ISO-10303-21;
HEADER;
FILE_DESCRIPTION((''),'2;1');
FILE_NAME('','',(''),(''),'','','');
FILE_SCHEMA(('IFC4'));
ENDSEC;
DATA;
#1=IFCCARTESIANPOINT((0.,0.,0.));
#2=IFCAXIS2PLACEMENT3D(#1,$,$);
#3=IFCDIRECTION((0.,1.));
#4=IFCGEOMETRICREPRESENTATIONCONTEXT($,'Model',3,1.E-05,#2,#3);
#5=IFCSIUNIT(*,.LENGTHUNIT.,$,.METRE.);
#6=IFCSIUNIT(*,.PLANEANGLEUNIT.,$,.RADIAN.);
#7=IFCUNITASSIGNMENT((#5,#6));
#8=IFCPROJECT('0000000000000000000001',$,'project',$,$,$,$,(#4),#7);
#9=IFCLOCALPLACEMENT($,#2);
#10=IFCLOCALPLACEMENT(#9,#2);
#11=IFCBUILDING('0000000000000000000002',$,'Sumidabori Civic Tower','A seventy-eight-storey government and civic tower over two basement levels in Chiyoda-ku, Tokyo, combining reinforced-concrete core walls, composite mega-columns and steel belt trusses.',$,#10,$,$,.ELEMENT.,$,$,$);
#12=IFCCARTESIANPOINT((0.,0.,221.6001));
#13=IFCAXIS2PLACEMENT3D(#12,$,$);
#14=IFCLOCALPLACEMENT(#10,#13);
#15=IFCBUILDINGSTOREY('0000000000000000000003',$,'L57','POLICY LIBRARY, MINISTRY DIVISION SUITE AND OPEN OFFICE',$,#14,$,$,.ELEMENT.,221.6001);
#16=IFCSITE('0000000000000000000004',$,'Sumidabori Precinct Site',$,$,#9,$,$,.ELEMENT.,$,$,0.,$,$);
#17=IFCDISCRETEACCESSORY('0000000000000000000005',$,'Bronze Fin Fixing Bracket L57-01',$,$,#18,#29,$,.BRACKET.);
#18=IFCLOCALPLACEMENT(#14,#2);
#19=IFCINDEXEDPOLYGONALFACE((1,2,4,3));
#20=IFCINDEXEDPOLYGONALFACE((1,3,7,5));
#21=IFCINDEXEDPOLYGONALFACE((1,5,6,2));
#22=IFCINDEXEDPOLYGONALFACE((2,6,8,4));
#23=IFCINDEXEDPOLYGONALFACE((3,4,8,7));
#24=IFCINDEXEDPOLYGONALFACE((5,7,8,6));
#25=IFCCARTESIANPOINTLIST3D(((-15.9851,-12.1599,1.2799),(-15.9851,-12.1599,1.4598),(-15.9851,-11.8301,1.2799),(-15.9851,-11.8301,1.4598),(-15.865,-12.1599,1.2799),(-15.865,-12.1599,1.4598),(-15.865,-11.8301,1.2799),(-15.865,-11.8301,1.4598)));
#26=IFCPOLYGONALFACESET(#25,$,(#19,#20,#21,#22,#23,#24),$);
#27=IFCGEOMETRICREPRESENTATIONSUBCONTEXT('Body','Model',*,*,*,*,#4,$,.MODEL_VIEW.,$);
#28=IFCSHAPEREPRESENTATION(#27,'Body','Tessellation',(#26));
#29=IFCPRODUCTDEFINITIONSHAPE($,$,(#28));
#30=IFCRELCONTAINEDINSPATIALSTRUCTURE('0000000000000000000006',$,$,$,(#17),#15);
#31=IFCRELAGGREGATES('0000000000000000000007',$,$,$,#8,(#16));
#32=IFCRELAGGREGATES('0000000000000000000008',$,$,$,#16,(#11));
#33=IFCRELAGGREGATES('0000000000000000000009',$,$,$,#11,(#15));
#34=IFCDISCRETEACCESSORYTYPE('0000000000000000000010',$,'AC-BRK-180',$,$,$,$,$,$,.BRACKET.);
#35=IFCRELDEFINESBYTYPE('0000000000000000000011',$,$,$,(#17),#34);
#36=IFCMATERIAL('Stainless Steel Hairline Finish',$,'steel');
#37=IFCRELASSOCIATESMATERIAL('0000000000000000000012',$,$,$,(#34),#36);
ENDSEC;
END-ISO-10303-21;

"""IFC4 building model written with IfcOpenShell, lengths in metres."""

from ifc_helpers import new_model, si_unit, direction, frame, origin, origin_2d, place, context, subcontext, project, spatial, rectangle, extrude, source, transform, mapped, material, material_profile, profile_set, type_object, element, save


model = new_model("IFC4")

# Units and contexts
model_context = context("Model", 3, precision=1e-05, world=origin(), true_north=direction((0.0, 1.0)))
body_context = subcontext(model_context, "Body", "Model", "MODEL_VIEW")
ifc_project = project(units=[si_unit("LENGTHUNIT", "METRE"), si_unit("PLANEANGLEUNIT", "RADIAN")], contexts=[model_context])

# Site, building, storey
site_placement = place(None, origin())
site = spatial("IfcSite", under=ifc_project, at=site_placement, Name="Sumidabori Precinct Site", CompositionType="ELEMENT", RefElevation=0.0)
building_placement = place(site_placement, origin())
building = spatial("IfcBuilding", under=site, at=building_placement, Name="Sumidabori Civic Tower", Description="A seventy-eight-storey government and civic tower over two basement levels in Chiyoda-ku, Tokyo, combining reinforced-concrete core walls, composite mega-columns and steel belt trusses.", CompositionType="ELEMENT")
storey_placement = place(building_placement, frame((0.0, 0.0, 221.6001)))
storey = spatial("IfcBuildingStorey", under=building, at=storey_placement, Name="L57", Description="POLICY LIBRARY, MINISTRY DIVISION SUITE AND OPEN OFFICE", CompositionType="ELEMENT", Elevation=221.6001)

# Discrete accessory
ifc_material_1 = material(Name="Stainless Steel Hairline Finish", Category="steel")
ifc_material_profile_1 = material_profile(ifc_material_1, rectangle(XDim=0.1201, YDim=0.1799, at=origin_2d()), Name="STEEL BRACKET 180x120")
ifc_profile_set_1 = profile_set([ifc_material_profile_1], Name="Stainless Steel Hairline Finish")
discrete_accessory_type = type_object("IfcDiscreteAccessoryType", Name="AC-BRK-180", PredefinedType="BRACKET", material=ifc_profile_set_1)
shared_shape_1 = source(origin(), body_context, "Body", "SweptSolid", [
    extrude(rectangle(XDim=0.1201, YDim=0.1799, at=origin_2d()), origin(), (0.0, 0.0, 1.0), 0.3298),
])
discrete_accessory_placement = place(storey_placement, frame((-15.925, -11.8301, 1.3699), z_axis=(0.0, -1.0, 0.0), x_axis=(1.0, 0.0, 0.0)))
element("IfcDiscreteAccessory", 1, at=discrete_accessory_placement, inside=storey, type_object=discrete_accessory_type, Name="Bronze Fin Fixing Bracket L57-01", PredefinedType="BRACKET", context=body_context, shape_type="MappedRepresentation", body=[
    mapped(shared_shape_1, transform((0.0, 0.0, 0.0), x_axis=(1.0, 0.0, 0.0), y_axis=(0.0, 1.0, 0.0), z_axis=(0.0, 0.0, 1.0), scale=1.0)),
])

save(model, "model.ifc")
